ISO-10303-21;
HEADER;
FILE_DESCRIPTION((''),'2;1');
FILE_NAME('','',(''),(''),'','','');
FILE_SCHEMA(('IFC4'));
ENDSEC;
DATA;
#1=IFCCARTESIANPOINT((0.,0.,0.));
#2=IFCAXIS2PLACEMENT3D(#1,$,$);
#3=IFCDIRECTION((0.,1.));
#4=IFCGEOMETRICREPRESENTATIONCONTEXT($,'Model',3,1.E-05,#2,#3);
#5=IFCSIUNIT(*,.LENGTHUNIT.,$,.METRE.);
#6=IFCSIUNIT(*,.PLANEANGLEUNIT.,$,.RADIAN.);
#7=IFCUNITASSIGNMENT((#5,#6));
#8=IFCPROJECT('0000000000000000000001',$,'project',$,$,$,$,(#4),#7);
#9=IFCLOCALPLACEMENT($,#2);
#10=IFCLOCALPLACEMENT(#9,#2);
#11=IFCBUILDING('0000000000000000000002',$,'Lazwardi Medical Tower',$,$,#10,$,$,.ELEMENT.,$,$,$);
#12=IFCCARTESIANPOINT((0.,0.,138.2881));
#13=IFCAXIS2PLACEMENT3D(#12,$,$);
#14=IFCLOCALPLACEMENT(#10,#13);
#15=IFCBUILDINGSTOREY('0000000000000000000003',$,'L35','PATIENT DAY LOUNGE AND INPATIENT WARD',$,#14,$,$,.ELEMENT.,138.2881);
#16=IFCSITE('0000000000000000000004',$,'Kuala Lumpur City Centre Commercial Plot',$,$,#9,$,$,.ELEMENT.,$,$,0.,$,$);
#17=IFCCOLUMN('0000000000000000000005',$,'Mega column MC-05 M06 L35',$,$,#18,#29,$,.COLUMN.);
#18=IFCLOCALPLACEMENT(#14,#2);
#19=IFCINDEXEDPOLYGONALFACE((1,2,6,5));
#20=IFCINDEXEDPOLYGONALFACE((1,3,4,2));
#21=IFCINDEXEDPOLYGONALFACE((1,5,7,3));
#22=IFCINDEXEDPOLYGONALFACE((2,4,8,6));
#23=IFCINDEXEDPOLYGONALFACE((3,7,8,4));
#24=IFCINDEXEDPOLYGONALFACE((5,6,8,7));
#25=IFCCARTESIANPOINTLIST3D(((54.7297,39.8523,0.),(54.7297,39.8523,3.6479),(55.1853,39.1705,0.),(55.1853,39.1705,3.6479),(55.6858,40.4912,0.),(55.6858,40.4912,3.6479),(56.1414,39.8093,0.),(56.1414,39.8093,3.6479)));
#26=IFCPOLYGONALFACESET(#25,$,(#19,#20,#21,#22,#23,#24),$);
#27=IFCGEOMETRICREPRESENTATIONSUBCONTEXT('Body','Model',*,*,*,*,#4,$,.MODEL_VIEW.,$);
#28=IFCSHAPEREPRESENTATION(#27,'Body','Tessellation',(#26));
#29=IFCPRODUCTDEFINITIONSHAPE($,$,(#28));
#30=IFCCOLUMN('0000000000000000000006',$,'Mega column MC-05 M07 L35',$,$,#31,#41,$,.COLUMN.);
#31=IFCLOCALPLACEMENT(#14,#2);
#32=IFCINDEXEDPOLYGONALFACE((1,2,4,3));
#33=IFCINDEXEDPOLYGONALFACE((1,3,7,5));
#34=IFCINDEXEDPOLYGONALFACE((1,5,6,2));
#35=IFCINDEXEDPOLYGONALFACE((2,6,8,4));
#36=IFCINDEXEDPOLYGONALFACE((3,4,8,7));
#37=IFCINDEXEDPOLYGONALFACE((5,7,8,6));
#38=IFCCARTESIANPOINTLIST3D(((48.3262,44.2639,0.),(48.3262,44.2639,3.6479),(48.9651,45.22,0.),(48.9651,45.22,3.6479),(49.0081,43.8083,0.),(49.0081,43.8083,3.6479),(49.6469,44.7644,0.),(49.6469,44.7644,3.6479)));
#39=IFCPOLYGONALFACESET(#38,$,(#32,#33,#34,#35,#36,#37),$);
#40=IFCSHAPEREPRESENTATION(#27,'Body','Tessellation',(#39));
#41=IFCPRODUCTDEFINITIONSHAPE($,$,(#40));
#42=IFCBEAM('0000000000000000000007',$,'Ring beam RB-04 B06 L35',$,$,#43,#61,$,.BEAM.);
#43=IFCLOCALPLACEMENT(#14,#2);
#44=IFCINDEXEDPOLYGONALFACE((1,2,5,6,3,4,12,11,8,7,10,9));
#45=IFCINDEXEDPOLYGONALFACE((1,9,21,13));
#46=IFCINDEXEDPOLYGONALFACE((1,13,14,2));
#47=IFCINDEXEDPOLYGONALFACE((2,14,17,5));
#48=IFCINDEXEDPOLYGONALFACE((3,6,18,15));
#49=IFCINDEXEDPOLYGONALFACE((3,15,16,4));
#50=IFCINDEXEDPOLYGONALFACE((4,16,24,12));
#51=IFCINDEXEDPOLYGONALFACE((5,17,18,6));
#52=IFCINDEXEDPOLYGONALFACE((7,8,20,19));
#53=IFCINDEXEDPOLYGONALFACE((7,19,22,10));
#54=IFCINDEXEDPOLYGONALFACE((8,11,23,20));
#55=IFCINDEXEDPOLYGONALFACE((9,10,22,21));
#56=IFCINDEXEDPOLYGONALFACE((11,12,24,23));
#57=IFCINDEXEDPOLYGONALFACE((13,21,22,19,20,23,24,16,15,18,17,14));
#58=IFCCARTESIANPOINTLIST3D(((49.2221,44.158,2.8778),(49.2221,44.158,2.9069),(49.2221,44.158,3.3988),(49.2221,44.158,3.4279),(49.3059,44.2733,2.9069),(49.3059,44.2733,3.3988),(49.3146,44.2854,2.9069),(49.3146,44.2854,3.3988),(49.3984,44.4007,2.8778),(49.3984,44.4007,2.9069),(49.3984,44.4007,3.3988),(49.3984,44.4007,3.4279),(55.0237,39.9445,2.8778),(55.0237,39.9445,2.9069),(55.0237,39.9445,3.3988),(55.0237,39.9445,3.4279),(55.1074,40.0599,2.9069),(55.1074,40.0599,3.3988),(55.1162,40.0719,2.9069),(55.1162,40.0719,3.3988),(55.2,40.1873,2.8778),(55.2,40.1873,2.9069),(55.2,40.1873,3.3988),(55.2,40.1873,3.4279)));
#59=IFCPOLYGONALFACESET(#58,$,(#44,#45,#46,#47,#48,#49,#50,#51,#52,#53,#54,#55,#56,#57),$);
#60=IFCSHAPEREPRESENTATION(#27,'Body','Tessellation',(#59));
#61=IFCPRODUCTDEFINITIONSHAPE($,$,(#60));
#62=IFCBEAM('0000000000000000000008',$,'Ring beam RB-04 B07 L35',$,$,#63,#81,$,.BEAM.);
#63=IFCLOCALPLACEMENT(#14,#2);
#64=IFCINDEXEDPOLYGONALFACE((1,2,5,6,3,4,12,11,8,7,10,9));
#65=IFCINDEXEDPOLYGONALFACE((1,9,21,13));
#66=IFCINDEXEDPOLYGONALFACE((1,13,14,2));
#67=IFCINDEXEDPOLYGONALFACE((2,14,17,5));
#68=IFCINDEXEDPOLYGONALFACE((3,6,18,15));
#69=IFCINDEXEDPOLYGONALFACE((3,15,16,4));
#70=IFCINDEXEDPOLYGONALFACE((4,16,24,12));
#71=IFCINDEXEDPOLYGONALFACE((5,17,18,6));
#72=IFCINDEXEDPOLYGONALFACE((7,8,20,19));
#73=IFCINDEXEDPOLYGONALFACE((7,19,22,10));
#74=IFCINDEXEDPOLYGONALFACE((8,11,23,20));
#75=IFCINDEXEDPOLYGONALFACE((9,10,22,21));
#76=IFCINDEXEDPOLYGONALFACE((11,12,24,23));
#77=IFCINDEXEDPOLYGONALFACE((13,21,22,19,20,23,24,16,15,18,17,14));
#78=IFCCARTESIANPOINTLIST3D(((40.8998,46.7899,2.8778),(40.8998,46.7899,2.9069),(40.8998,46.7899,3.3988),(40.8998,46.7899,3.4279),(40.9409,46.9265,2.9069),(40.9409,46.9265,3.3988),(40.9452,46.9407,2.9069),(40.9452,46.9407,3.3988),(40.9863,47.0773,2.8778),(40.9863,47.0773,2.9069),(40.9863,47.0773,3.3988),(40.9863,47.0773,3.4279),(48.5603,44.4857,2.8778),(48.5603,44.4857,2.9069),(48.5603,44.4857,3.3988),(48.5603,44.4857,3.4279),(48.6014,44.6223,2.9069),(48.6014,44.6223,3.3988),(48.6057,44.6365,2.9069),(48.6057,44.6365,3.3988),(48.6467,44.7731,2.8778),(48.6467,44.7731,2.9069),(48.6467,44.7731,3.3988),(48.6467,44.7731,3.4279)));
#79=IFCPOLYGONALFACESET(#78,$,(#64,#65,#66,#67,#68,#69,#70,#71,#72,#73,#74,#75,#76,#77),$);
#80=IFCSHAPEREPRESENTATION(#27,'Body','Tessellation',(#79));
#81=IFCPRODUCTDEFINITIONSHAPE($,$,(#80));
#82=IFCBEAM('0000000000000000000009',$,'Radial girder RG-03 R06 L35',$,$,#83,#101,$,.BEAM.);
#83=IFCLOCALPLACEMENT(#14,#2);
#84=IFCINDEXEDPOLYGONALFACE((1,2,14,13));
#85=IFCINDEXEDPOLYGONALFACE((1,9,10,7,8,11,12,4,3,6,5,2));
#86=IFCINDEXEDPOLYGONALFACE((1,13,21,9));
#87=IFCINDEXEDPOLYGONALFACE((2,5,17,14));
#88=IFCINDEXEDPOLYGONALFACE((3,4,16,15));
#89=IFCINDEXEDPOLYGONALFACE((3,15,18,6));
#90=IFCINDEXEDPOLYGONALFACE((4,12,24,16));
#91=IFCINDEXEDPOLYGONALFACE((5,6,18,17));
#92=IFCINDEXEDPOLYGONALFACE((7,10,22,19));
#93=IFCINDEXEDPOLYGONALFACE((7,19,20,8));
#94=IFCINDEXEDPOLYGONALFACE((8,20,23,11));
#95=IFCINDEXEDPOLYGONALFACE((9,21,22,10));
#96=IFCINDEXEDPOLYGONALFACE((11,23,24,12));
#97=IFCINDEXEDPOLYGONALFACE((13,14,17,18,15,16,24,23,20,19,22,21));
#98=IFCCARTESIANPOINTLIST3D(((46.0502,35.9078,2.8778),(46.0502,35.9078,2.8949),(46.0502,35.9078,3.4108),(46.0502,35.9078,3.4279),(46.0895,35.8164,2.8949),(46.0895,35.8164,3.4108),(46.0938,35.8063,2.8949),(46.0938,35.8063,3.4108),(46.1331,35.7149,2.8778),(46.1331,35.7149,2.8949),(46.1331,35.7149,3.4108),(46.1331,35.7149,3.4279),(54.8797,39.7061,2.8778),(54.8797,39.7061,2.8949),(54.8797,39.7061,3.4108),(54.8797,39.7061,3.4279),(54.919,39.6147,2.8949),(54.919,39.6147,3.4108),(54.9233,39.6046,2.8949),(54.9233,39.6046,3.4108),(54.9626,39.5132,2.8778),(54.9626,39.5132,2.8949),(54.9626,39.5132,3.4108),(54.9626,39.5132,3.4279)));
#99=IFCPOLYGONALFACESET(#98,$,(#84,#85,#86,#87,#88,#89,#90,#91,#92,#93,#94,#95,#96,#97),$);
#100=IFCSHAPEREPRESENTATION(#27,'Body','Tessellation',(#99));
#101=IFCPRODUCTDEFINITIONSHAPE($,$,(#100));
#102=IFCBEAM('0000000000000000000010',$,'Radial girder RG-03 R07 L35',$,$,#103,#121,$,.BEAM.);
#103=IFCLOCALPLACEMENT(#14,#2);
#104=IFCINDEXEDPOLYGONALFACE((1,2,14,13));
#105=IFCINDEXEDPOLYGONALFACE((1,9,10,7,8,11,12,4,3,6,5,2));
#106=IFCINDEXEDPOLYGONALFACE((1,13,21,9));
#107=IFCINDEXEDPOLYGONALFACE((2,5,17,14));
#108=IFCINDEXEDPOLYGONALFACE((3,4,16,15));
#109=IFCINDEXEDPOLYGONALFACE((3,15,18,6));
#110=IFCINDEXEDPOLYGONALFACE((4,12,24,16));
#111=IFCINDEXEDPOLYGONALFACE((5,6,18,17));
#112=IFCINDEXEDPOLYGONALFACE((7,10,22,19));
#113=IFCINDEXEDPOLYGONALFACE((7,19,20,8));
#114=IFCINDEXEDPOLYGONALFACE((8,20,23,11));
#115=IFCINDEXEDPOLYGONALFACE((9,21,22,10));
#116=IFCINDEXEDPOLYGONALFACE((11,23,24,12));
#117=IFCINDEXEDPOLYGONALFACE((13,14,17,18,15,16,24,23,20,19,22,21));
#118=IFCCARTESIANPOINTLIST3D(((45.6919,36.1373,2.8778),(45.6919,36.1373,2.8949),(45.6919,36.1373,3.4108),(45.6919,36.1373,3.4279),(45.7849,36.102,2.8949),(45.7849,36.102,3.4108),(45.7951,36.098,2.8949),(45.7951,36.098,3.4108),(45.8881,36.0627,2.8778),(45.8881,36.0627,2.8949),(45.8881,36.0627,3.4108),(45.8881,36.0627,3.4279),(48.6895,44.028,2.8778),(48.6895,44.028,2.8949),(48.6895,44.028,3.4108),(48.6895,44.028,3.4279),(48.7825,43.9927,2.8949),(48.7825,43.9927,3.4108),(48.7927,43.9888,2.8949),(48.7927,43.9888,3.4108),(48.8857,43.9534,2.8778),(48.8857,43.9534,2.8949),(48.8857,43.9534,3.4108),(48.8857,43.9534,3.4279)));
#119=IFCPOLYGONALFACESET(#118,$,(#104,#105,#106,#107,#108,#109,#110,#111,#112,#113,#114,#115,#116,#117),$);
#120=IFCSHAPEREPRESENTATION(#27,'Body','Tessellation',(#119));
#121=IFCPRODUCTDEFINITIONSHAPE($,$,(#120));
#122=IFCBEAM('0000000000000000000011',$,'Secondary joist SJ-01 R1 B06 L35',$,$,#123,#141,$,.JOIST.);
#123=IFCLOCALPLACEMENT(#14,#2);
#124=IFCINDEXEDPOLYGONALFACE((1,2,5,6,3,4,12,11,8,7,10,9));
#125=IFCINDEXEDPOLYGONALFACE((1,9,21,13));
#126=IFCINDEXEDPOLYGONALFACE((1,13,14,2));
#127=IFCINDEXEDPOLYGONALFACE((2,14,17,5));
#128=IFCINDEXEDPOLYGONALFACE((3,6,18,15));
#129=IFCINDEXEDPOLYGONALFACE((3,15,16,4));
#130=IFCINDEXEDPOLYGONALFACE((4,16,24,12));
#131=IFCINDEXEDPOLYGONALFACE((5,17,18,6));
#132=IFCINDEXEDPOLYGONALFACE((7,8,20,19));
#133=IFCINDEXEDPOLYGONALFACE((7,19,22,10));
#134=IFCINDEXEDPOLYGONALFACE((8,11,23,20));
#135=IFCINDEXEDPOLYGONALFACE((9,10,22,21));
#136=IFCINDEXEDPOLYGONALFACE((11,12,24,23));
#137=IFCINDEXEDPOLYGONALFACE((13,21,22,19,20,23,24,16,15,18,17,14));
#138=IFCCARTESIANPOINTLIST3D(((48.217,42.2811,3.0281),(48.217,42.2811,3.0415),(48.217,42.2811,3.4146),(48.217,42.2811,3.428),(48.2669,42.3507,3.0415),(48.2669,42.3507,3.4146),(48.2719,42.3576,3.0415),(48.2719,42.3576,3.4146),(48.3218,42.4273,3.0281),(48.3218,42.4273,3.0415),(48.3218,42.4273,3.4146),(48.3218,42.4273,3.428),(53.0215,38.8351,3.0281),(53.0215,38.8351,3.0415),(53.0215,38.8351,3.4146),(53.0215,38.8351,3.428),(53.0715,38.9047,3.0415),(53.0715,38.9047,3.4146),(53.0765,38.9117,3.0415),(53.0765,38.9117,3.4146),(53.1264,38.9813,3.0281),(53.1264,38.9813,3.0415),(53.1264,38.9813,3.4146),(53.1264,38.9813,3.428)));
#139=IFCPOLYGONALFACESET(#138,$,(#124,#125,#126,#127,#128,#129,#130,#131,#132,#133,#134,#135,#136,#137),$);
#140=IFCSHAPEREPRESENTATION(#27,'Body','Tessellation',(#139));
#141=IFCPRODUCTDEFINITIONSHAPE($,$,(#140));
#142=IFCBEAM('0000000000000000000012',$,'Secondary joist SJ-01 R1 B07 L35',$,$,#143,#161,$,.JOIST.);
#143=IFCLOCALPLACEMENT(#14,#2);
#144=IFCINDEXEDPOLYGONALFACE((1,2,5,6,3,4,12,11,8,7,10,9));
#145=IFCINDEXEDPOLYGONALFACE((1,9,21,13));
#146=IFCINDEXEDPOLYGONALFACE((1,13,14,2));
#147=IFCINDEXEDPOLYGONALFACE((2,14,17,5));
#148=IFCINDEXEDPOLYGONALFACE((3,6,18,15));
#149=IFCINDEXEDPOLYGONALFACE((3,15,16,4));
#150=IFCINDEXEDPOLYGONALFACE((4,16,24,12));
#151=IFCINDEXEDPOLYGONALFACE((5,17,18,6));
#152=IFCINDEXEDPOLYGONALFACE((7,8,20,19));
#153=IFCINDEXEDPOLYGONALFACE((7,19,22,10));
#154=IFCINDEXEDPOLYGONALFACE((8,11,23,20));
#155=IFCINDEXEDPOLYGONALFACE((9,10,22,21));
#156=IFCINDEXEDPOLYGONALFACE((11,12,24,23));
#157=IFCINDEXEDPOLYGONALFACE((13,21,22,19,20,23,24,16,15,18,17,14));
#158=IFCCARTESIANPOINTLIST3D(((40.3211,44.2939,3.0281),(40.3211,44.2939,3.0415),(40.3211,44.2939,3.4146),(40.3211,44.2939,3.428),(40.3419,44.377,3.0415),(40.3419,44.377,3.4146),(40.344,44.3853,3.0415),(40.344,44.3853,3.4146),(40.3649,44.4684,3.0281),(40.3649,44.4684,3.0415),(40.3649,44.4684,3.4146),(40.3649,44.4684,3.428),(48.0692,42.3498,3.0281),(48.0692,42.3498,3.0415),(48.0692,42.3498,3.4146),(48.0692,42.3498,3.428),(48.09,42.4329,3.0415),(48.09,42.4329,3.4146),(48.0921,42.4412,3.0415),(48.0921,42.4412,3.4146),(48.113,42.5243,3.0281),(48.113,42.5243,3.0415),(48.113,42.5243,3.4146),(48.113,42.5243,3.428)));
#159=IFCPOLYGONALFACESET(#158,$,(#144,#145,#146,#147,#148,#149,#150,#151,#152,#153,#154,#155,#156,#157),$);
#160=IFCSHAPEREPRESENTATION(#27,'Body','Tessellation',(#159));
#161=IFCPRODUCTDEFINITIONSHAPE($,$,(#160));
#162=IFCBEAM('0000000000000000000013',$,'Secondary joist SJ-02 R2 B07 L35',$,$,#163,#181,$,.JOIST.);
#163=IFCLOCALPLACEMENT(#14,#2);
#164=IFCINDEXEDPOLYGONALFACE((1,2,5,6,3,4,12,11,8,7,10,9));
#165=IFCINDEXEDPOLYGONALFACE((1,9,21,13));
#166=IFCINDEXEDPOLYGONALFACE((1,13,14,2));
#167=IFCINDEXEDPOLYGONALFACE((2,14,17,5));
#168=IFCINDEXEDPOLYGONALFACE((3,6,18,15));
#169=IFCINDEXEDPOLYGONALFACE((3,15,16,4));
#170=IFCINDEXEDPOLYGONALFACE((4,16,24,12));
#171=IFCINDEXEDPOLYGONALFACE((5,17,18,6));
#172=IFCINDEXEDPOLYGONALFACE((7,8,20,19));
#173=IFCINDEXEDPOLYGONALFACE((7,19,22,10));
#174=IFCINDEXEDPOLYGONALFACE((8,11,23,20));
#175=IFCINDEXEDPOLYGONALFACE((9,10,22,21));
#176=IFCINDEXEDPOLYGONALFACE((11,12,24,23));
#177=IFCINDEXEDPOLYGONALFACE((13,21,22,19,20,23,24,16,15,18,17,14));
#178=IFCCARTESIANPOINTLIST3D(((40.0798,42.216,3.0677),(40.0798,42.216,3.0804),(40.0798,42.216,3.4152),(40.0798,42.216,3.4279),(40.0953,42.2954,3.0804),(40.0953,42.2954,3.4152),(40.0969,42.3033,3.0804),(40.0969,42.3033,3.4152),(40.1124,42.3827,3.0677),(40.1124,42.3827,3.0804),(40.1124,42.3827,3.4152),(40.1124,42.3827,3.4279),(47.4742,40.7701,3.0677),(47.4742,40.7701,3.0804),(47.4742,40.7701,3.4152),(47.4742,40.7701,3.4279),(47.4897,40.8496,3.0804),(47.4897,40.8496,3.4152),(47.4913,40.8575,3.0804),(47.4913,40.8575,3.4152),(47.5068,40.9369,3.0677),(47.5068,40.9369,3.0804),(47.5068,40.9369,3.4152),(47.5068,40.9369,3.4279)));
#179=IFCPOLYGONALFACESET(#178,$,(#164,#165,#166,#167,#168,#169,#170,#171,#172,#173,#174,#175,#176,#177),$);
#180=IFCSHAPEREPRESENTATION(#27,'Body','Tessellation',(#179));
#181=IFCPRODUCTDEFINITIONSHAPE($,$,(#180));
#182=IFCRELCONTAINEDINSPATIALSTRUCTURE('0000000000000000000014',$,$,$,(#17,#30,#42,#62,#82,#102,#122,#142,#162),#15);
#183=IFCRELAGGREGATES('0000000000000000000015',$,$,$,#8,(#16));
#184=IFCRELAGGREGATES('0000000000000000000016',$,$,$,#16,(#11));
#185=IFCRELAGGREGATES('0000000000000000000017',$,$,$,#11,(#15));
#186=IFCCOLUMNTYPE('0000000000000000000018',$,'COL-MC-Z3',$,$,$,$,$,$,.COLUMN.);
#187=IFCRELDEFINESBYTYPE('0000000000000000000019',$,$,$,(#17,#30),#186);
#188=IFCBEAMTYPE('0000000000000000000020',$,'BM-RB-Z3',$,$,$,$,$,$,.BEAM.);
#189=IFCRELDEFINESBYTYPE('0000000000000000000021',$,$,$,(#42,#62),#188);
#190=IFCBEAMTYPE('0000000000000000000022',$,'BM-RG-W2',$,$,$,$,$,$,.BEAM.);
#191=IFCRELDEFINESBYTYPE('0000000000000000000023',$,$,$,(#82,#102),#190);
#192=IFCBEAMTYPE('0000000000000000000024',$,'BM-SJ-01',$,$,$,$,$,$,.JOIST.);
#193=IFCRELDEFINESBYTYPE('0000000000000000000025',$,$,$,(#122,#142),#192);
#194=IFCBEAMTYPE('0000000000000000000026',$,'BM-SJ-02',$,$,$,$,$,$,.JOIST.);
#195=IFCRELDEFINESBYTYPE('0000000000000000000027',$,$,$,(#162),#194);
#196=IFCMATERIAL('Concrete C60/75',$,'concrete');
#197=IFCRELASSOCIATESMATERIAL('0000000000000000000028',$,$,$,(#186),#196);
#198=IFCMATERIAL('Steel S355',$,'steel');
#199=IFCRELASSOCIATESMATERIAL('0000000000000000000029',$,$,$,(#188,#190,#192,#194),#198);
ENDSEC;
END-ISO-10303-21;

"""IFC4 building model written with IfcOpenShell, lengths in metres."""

from ifc_helpers import new_model, si_unit, direction, frame, origin, origin_2d, place, context, subcontext, project, spatial, rectangle, i_section, extrude, material, material_profile, profile_set, type_object, element, save


model = new_model("IFC4")

# Units and contexts
model_context = context("Model", 3, precision=1e-05, world=origin(), true_north=direction((0.0, 1.0)))
body_context = subcontext(model_context, "Body", "Model", "MODEL_VIEW")
ifc_project = project(units=[si_unit("LENGTHUNIT", "METRE"), si_unit("PLANEANGLEUNIT", "RADIAN")], contexts=[model_context])

# Site, building, storey
site_placement = place(None, origin())
site = spatial("IfcSite", under=ifc_project, at=site_placement, Name="Kuala Lumpur City Centre Commercial Plot", CompositionType="ELEMENT", RefElevation=0.0)
building_placement = place(site_placement, origin())
building = spatial("IfcBuilding", under=site, at=building_placement, Name="Lazwardi Medical Tower", CompositionType="ELEMENT")
storey_placement = place(building_placement, frame((0.0, 0.0, 138.2881)))
storey = spatial("IfcBuildingStorey", under=building, at=storey_placement, Name="L35", Description="PATIENT DAY LOUNGE AND INPATIENT WARD", CompositionType="ELEMENT", Elevation=138.2881)

# Columns
ifc_material_1 = material(Name="Concrete C60/75", Category="concrete")
ifc_material_profile_1 = material_profile(ifc_material_1, rectangle(XDim=1.1499, YDim=0.8201, at=origin_2d()), Name="CFT-RECT 1150x820")
ifc_profile_set_1 = profile_set([ifc_material_profile_1], Name="Concrete C60/75")
column_type = type_object("IfcColumnType", Name="COL-MC-Z3", PredefinedType="COLUMN", material=ifc_profile_set_1)
for number, where, z_axis, x_axis, name in (
    (1, (55.4355, 39.8308, 0.0), (0.0, 0.0, 1.0), (0.83147, 0.55557, 0.0), "Mega column MC-05 M06 L35"),
    (2, (48.9866, 44.5142, 0.0), (0.0, 0.0, 1.0), (0.55557, 0.83147, 0.0), "Mega column MC-05 M07 L35"),
):
    element("IfcColumn", number, at=place(storey_placement, frame(where, z_axis=z_axis, x_axis=x_axis)), inside=storey, type_object=column_type, Name=name, PredefinedType="COLUMN", context=body_context, shape_type="SweptSolid", body=[
        extrude(rectangle(XDim=1.1499, YDim=0.8201, at=origin_2d()), origin(), (0.0, 0.0, 1.0), 3.6479),
    ])

# Beams
ifc_material_2 = material(Name="Steel S355", Category="steel")
ifc_material_profile_2 = material_profile(ifc_material_2, i_section(OverallWidth=0.3, OverallDepth=0.55, WebThickness=0.0149, FlangeThickness=0.0291, at=origin_2d()), Name="HEB 550")
ifc_profile_set_2 = profile_set([ifc_material_profile_2], Name="Steel S355")
beam_type_1 = type_object("IfcBeamType", Name="BM-RB-Z3", PredefinedType="BEAM", material=ifc_profile_set_2)
beam_1_placement = place(storey_placement, frame((55.1118, 40.0659, 3.1528), z_axis=(-0.809128, 0.587633, 0.0), x_axis=(-0.587633, -0.809128, 0.0)))
element("IfcBeam", 3, at=beam_1_placement, inside=storey, type_object=beam_type_1, Name="Ring beam RB-04 B06 L35", PredefinedType="BEAM", context=body_context, shape_type="SweptSolid", body=[
    extrude(i_section(OverallWidth=0.3, OverallDepth=0.55, WebThickness=0.0149, FlangeThickness=0.0291, at=origin_2d()), origin(), (0.0, 0.0, 1.0), 7.1702),
])
beam_2_placement = place(storey_placement, frame((48.6035, 44.6294, 3.1528), z_axis=(-0.957617, 0.288045, 0.0), x_axis=(-0.288045, -0.957617, 0.0)))
element("IfcBeam", 4, at=beam_2_placement, inside=storey, type_object=beam_type_1, Name="Ring beam RB-04 B07 L35", PredefinedType="BEAM", context=body_context, shape_type="SweptSolid", body=[
    extrude(i_section(OverallWidth=0.3, OverallDepth=0.55, WebThickness=0.0149, FlangeThickness=0.0291, at=origin_2d()), origin(), (0.0, 0.0, 1.0), 7.9995),
])
ifc_material_profile_3 = material_profile(ifc_material_2, i_section(OverallWidth=0.21, OverallDepth=0.55, WebThickness=0.011, FlangeThickness=0.0171, at=origin_2d()), Name="IPE 550")
ifc_profile_set_3 = profile_set([ifc_material_profile_3], Name="Steel S355")
beam_type_2 = type_object("IfcBeamType", Name="BM-RG-W2", PredefinedType="BEAM", material=ifc_profile_set_3)
beam_3_placement = place(storey_placement, frame((54.9211, 39.6096, 3.1528), z_axis=(-0.918608, -0.39517, 0.0), x_axis=(0.39517, -0.918608, 0.0)))
element("IfcBeam", 5, at=beam_3_placement, inside=storey, type_object=beam_type_2, Name="Radial girder RG-03 R06 L35", PredefinedType="BEAM", context=body_context, shape_type="SweptSolid", body=[
    extrude(i_section(OverallWidth=0.21, OverallDepth=0.55, WebThickness=0.011, FlangeThickness=0.0171, at=origin_2d()), origin(), (0.0, 0.0, 1.0), 9.6118),
])
beam_4_placement = place(storey_placement, frame((48.7876, 43.9907, 3.1528), z_axis=(-0.355127, -0.934818, 0.0), x_axis=(0.934818, -0.355127, 0.0)))
element("IfcBeam", 6, at=beam_4_placement, inside=storey, type_object=beam_type_2, Name="Radial girder RG-03 R07 L35", PredefinedType="BEAM", context=body_context, shape_type="SweptSolid", body=[
    extrude(i_section(OverallWidth=0.21, OverallDepth=0.55, WebThickness=0.011, FlangeThickness=0.0171, at=origin_2d()), origin(), (0.0, 0.0, 1.0), 8.4409),
])
ifc_material_profile_4 = material_profile(ifc_material_2, i_section(OverallWidth=0.1799, OverallDepth=0.3999, WebThickness=0.0085, FlangeThickness=0.0134, at=origin_2d()), Name="IPE 400")
ifc_profile_set_4 = profile_set([ifc_material_profile_4], Name="Steel S355")
beam_type_3 = type_object("IfcBeamType", Name="BM-SJ-01", PredefinedType="JOIST", material=ifc_profile_set_4)
beam_5_placement = place(storey_placement, frame((53.074, 38.9082, 3.228), z_axis=(-0.812602, 0.582819, 0.0), x_axis=(-0.582819, -0.812602, 0.0)))
element("IfcBeam", 7, at=beam_5_placement, inside=storey, type_object=beam_type_3, Name="Secondary joist SJ-01 R1 B06 L35", PredefinedType="JOIST", context=body_context, shape_type="SweptSolid", body=[
    extrude(i_section(OverallWidth=0.1799, OverallDepth=0.3999, WebThickness=0.0085, FlangeThickness=0.0134, at=origin_2d()), origin(), (0.0, 0.0, 1.0), 5.9126),
])
beam_6_placement = place(storey_placement, frame((48.0911, 42.437, 3.228), z_axis=(-0.969934, 0.24337, 0.0), x_axis=(-0.24337, -0.969934, 0.0)))
element("IfcBeam", 8, at=beam_6_placement, inside=storey, type_object=beam_type_3, Name="Secondary joist SJ-01 R1 B07 L35", PredefinedType="JOIST", context=body_context, shape_type="SweptSolid", body=[
    extrude(i_section(OverallWidth=0.1799, OverallDepth=0.3999, WebThickness=0.0085, FlangeThickness=0.0134, at=origin_2d()), origin(), (0.0, 0.0, 1.0), 7.9883),
])
ifc_material_profile_5 = material_profile(ifc_material_2, i_section(OverallWidth=0.1699, OverallDepth=0.3601, WebThickness=0.0081, FlangeThickness=0.0127, at=origin_2d()), Name="IPE 360")
ifc_profile_set_5 = profile_set([ifc_material_profile_5], Name="Steel S355")
beam_type_4 = type_object("IfcBeamType", Name="BM-SJ-02", PredefinedType="JOIST", material=ifc_profile_set_5)
beam_7_placement = place(storey_placement, frame((47.4905, 40.8535, 3.2478), z_axis=(-0.981415, 0.191896, 0.0), x_axis=(-0.191896, -0.981415, 0.0)))
element("IfcBeam", 9, at=beam_7_placement, inside=storey, type_object=beam_type_4, Name="Secondary joist SJ-02 R2 B07 L35", PredefinedType="JOIST", context=body_context, shape_type="SweptSolid", body=[
    extrude(i_section(OverallWidth=0.1699, OverallDepth=0.3601, WebThickness=0.0081, FlangeThickness=0.0127, at=origin_2d()), origin(), (0.0, 0.0, 1.0), 7.5344),
])

save(model, "model.ifc")
